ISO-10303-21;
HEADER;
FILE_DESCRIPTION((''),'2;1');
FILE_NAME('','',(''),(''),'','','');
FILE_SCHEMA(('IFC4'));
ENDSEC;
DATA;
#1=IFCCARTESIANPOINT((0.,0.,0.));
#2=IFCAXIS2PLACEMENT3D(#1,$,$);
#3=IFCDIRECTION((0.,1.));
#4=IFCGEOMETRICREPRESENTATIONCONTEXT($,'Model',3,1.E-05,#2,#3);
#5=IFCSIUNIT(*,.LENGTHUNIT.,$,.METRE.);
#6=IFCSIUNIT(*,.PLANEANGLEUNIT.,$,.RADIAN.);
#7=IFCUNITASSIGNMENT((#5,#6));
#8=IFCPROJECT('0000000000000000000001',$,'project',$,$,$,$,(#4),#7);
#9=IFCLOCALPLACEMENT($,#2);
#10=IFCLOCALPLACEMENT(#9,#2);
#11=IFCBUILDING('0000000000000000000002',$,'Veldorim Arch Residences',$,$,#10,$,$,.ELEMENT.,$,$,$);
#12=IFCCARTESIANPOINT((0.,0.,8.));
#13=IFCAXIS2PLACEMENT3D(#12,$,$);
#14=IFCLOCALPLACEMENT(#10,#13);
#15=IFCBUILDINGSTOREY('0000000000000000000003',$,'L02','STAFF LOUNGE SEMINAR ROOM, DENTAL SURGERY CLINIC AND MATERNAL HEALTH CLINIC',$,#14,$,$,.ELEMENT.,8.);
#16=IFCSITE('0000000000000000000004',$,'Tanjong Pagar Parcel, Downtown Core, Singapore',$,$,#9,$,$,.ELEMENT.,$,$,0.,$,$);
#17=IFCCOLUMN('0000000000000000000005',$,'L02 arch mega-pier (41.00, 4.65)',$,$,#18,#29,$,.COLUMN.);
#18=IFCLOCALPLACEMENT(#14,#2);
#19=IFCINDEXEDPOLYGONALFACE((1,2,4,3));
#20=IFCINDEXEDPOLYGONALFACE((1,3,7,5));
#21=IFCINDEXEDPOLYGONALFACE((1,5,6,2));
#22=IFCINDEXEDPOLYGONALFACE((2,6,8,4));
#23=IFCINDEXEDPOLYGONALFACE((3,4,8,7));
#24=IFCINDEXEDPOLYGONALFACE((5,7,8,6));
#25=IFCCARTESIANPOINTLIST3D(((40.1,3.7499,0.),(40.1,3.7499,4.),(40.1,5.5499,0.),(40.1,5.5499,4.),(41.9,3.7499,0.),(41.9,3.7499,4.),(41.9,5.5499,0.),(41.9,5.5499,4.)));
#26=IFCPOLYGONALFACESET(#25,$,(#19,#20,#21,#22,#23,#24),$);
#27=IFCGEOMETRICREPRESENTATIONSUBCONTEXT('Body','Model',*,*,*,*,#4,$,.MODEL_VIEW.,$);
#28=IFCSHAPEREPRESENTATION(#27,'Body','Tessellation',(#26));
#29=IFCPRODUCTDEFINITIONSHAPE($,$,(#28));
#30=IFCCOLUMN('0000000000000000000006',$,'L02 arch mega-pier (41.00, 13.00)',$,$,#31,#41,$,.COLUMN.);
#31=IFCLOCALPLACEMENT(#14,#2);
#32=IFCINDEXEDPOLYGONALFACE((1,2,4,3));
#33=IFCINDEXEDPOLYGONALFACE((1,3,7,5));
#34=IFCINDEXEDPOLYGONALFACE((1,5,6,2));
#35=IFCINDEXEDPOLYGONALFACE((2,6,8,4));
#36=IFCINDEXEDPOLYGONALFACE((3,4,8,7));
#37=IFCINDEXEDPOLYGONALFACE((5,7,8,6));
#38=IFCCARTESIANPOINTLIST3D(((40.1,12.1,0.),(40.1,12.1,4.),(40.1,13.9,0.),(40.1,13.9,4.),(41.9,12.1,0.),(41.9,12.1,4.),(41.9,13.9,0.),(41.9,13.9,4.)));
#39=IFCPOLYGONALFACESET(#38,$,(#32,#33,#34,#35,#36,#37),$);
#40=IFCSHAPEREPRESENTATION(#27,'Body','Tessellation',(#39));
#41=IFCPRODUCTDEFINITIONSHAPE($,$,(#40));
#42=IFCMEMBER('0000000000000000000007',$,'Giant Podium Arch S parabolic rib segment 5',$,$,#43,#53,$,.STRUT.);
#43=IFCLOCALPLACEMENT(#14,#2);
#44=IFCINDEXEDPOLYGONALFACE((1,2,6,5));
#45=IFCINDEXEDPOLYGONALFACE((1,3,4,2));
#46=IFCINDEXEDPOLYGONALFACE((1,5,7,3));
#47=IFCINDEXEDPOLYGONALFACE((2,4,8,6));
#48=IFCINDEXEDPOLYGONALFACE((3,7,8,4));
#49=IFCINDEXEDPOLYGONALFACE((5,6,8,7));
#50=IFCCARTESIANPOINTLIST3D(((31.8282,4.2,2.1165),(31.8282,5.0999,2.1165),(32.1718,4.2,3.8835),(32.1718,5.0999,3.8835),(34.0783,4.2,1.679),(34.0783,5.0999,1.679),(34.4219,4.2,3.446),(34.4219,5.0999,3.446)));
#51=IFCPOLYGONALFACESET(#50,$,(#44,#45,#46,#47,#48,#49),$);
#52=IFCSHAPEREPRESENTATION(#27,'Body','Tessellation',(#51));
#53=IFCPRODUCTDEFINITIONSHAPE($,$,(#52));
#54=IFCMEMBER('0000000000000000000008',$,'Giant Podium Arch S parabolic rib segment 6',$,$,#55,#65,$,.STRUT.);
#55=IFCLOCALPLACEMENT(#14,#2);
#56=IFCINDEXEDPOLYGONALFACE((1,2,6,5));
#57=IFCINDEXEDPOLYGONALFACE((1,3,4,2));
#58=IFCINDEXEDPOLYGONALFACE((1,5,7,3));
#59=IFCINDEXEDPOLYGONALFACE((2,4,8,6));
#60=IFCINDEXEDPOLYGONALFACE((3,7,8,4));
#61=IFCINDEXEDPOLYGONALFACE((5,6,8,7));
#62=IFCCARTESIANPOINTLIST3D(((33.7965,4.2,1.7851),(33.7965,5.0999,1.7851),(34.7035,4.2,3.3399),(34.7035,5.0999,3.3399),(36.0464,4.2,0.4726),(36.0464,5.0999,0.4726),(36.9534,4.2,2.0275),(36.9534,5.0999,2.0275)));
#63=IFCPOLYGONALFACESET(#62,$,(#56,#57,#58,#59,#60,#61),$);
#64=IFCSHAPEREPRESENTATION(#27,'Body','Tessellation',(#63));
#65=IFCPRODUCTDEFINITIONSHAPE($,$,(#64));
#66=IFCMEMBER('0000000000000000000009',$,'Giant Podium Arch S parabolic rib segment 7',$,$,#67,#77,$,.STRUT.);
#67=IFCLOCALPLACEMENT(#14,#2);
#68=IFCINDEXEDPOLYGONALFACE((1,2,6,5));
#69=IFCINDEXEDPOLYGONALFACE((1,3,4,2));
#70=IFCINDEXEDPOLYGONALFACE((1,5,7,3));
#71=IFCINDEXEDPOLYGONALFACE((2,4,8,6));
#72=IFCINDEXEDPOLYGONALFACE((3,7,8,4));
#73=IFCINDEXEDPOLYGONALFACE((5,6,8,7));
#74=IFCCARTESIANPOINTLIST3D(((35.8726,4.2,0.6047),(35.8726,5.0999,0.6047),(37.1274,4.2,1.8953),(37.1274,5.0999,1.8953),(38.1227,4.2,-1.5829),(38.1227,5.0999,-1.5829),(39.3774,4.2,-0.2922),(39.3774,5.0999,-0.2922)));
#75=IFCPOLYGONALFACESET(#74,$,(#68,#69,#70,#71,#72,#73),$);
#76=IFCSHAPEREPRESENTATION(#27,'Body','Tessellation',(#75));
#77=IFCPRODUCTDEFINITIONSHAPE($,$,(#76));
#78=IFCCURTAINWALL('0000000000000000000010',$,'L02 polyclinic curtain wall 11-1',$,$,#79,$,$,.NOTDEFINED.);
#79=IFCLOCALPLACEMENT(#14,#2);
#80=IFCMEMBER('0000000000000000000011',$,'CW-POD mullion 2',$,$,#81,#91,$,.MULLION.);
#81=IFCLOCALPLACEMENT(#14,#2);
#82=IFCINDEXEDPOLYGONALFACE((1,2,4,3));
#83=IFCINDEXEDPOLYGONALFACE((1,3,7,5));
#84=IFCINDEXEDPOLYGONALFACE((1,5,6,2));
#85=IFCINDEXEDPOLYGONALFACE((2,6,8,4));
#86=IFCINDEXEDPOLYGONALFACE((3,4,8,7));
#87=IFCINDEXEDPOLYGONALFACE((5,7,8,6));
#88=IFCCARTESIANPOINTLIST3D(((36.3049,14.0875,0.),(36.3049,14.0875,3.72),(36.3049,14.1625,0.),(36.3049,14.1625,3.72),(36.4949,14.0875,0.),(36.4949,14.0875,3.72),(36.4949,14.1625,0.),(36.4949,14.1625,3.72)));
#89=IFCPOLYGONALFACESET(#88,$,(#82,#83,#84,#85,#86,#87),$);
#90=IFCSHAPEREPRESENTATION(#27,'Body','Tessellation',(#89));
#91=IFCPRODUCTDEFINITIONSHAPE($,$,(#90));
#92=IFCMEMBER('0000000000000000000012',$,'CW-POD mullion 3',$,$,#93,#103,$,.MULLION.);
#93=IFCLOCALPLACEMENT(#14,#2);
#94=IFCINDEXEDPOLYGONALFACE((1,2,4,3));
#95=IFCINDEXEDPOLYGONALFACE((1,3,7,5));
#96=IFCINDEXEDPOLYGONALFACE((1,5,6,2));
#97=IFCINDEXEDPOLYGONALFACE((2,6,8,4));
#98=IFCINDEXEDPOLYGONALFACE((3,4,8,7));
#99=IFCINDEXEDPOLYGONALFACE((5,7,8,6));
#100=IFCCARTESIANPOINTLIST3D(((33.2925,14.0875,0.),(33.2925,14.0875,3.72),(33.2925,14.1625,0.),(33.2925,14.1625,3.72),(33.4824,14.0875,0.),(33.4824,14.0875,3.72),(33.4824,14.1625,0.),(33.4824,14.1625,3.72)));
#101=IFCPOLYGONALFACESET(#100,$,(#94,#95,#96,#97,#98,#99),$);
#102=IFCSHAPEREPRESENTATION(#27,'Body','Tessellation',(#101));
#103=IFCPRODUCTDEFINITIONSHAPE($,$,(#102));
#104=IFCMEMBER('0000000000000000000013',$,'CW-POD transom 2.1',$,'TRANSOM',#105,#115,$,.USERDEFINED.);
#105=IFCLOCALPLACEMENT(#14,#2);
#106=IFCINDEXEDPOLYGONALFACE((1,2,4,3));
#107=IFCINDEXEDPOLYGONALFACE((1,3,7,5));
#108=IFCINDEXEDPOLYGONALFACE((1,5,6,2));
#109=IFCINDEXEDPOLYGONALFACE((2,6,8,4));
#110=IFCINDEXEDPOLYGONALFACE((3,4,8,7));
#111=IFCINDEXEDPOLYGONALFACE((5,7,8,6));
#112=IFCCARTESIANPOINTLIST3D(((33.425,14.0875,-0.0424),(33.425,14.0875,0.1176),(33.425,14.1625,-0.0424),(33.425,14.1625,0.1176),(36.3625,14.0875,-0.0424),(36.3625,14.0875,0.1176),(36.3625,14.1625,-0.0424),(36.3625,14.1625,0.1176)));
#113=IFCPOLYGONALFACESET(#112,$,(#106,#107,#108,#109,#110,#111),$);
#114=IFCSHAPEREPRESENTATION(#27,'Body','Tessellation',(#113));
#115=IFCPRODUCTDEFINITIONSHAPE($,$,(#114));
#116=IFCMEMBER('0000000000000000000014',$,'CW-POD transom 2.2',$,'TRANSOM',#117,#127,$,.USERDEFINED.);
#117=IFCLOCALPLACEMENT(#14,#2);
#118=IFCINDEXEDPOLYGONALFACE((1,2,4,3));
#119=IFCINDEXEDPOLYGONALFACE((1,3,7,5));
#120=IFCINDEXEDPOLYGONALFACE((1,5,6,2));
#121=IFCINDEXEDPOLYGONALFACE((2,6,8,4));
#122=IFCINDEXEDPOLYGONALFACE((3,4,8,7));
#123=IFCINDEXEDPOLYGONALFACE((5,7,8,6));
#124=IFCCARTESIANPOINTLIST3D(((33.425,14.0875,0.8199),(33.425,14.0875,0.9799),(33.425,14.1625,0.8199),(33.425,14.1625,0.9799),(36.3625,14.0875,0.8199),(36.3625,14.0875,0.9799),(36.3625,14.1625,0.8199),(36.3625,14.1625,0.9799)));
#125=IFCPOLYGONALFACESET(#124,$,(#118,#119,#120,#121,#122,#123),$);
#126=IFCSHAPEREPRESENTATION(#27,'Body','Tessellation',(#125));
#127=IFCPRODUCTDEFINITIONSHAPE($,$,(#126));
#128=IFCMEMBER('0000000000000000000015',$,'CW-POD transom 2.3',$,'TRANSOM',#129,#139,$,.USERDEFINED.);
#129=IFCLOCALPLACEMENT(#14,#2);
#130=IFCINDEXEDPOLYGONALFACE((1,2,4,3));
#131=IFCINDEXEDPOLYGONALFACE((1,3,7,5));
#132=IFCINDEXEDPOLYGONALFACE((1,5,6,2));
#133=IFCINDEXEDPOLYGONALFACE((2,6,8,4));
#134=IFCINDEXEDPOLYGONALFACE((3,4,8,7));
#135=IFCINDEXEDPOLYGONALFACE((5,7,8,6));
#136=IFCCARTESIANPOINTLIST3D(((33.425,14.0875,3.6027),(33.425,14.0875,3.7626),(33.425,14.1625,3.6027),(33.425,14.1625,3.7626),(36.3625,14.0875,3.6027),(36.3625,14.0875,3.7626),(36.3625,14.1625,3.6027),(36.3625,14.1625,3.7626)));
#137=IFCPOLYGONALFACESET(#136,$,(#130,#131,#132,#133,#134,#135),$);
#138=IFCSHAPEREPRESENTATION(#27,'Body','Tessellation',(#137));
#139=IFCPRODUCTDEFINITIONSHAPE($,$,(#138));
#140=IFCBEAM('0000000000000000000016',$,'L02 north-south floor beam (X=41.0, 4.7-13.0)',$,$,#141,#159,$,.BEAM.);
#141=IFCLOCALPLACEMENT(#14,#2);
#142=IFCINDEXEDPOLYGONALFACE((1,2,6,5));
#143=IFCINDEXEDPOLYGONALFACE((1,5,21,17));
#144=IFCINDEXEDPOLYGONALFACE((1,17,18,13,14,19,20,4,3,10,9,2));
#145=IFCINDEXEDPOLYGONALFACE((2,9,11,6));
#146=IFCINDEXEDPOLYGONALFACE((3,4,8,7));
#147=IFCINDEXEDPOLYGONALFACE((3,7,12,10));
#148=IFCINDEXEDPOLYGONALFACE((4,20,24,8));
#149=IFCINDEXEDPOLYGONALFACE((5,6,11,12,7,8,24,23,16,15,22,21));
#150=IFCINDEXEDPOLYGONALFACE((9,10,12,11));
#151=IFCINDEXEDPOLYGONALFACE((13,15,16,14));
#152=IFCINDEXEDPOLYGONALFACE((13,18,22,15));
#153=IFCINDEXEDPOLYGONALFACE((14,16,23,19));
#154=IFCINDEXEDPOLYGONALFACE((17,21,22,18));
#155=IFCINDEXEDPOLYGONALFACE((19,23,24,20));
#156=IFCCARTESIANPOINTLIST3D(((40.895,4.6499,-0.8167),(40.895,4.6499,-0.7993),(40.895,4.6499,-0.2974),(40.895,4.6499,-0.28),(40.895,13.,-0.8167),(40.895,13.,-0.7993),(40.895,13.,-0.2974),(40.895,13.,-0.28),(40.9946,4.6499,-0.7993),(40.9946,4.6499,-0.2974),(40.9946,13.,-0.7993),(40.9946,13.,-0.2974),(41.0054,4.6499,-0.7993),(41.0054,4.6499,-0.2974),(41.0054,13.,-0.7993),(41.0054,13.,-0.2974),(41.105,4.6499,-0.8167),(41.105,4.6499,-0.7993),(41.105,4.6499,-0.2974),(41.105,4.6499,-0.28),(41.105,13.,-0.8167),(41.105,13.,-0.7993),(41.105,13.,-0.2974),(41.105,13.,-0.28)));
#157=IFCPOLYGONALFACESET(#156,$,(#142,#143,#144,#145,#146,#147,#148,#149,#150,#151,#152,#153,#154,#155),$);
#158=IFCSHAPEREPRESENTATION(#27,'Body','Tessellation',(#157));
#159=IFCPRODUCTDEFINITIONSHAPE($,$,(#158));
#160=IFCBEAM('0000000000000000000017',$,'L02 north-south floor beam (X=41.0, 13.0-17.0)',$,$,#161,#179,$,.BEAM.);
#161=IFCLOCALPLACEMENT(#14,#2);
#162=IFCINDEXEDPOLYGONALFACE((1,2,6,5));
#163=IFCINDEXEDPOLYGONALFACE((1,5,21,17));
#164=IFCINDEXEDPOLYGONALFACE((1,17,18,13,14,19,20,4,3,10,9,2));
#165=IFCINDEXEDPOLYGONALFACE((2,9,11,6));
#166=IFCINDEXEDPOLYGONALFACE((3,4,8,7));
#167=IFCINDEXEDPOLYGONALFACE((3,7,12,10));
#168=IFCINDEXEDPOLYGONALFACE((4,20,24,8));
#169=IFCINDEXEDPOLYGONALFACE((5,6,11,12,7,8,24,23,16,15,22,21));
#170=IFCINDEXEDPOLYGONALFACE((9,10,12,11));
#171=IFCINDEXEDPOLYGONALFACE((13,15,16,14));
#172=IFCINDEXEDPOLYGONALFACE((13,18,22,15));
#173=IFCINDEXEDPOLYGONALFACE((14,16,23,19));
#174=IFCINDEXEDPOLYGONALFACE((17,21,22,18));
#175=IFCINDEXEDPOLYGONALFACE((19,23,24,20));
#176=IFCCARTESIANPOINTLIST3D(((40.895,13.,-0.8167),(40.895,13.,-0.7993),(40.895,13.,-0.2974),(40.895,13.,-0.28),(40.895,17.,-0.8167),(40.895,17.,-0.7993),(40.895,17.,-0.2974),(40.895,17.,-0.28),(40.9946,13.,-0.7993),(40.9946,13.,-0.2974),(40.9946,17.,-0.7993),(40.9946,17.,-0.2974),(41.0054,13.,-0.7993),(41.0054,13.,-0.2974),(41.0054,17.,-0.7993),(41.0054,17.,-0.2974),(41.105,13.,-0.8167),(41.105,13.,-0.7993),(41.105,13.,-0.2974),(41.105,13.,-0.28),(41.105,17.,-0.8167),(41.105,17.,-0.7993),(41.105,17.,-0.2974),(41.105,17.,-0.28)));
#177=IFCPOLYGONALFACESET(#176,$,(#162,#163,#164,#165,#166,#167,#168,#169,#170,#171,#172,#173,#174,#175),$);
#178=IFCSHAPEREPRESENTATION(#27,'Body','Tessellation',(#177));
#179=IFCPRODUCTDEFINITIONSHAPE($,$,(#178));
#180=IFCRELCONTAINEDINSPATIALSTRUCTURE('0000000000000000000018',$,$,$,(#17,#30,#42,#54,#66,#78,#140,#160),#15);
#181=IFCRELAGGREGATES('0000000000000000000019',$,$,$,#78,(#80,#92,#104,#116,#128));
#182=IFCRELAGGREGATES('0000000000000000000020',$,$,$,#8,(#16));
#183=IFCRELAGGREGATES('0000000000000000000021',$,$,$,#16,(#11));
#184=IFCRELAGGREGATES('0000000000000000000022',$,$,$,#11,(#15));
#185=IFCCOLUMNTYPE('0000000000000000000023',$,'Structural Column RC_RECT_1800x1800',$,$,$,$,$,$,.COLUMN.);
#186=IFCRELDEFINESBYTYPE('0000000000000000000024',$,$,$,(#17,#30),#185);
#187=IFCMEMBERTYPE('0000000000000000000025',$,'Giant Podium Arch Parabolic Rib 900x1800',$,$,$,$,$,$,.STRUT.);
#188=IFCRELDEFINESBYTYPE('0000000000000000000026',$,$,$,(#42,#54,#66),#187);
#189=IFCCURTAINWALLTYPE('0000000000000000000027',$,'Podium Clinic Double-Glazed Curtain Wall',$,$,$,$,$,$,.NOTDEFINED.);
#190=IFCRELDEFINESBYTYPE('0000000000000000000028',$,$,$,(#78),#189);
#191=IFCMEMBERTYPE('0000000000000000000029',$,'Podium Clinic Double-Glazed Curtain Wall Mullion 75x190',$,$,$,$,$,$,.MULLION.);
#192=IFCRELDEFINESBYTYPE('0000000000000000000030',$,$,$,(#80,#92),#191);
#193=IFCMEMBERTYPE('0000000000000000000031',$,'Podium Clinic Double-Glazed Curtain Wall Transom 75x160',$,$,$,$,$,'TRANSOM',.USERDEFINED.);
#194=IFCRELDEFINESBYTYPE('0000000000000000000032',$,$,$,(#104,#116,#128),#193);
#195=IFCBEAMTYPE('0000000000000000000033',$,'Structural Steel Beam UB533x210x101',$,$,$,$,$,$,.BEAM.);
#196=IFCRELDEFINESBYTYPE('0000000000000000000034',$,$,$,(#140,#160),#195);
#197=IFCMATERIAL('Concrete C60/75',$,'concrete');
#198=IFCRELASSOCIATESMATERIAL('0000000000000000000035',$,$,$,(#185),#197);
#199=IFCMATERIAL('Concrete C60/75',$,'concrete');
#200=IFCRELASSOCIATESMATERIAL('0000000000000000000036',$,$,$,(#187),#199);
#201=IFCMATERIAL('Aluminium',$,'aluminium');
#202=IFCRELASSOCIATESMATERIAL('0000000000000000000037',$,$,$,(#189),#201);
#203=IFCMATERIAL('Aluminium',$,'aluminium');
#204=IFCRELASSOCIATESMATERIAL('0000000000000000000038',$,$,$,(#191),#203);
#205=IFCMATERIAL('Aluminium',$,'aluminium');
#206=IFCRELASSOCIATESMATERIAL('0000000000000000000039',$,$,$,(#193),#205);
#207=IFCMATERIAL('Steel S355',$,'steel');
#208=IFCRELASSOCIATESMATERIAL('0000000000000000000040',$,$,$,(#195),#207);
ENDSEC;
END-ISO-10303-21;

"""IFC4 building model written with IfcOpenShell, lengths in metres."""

from ifc_helpers import new_model, si_unit, direction, frame, origin, origin_2d, place, context, subcontext, project, spatial, rectangle, i_section, extrude, material, material_profile, profile_set, type_object, element, aggregate, save


model = new_model("IFC4")

# Units and contexts
model_context = context("Model", 3, precision=1e-05, world=origin(), true_north=direction((0.0, 1.0)))
body_context = subcontext(model_context, "Body", "Model", "MODEL_VIEW")
ifc_project = project(units=[si_unit("LENGTHUNIT", "METRE"), si_unit("PLANEANGLEUNIT", "RADIAN")], contexts=[model_context])

# Site, building, storey
site_placement = place(None, origin())
site = spatial("IfcSite", under=ifc_project, at=site_placement, Name="Tanjong Pagar Parcel, Downtown Core, Singapore", CompositionType="ELEMENT", RefElevation=0.0)
building_placement = place(site_placement, origin())
building = spatial("IfcBuilding", under=site, at=building_placement, Name="Veldorim Arch Residences", CompositionType="ELEMENT")
storey_placement = place(building_placement, frame((0.0, 0.0, 8.0)))
storey = spatial("IfcBuildingStorey", under=building, at=storey_placement, Name="L02", Description="STAFF LOUNGE SEMINAR ROOM, DENTAL SURGERY CLINIC AND MATERNAL HEALTH CLINIC", CompositionType="ELEMENT", Elevation=8.0)

# Columns
ifc_material_1 = material(Name="Concrete C60/75", Category="concrete")
ifc_material_profile_1 = material_profile(ifc_material_1, rectangle(XDim=1.8, YDim=1.8, at=origin_2d()), Name="RC_RECT_1800x1800")
ifc_profile_set_1 = profile_set([ifc_material_profile_1], Name="Concrete C60/75")
column_type = type_object("IfcColumnType", Name="Structural Column RC_RECT_1800x1800", PredefinedType="COLUMN", material=ifc_profile_set_1)
for number, where, z_axis, x_axis, name in (
    (1, (41.0, 4.6499, 0.0), (0.0, 0.0, 1.0), (1.0, 0.0, 0.0), "L02 arch mega-pier (41.00, 4.65)"),
    (2, (41.0, 13.0, 0.0), (0.0, 0.0, 1.0), (1.0, 0.0, 0.0), "L02 arch mega-pier (41.00, 13.00)"),
):
    element("IfcColumn", number, at=place(storey_placement, frame(where, z_axis=z_axis, x_axis=x_axis)), inside=storey, type_object=column_type, Name=name, PredefinedType="COLUMN", context=body_context, shape_type="SweptSolid", body=[
        extrude(rectangle(XDim=1.8, YDim=1.8, at=origin_2d()), origin(), (0.0, 0.0, 1.0), 4.0),
    ])

# Members
ifc_material_2 = material(Name="Concrete C60/75", Category="concrete")
ifc_material_profile_2 = material_profile(ifc_material_2, rectangle(XDim=0.8999, YDim=1.8, at=origin_2d()), Name="RC_RECT_900x1800")
ifc_profile_set_2 = profile_set([ifc_material_profile_2], Name="Concrete C60/75")
member_type_1 = type_object("IfcMemberType", Name="Giant Podium Arch Parabolic Rib 900x1800", PredefinedType="STRUT", material=ifc_profile_set_2)
member_1_placement = place(storey_placement, frame((32.0, 4.6499, 3.0), z_axis=(0.981615, 0.0, -0.19087), x_axis=(0.0, 1.0, 0.0)))
element("IfcMember", 3, at=member_1_placement, inside=storey, type_object=member_type_1, Name="Giant Podium Arch S parabolic rib segment 5", PredefinedType="STRUT", context=body_context, shape_type="SweptSolid", body=[
    extrude(rectangle(XDim=0.8999, YDim=1.8, at=origin_2d()), origin(), (0.0, 0.0, 1.0), 2.2922),
])
member_2_placement = place(storey_placement, frame((34.25, 4.6499, 2.5625), z_axis=(0.863779, 0.0, -0.503871), x_axis=(0.0, 1.0, 0.0)))
element("IfcMember", 4, at=member_2_placement, inside=storey, type_object=member_type_1, Name="Giant Podium Arch S parabolic rib segment 6", PredefinedType="STRUT", context=body_context, shape_type="SweptSolid", body=[
    extrude(rectangle(XDim=0.8999, YDim=1.8, at=origin_2d()), origin(), (0.0, 0.0, 1.0), 2.6047),
])
member_3_placement = place(storey_placement, frame((36.5, 4.6499, 1.25), z_axis=(0.716995, 0.0, -0.697078), x_axis=(0.0, 1.0, 0.0)))
element("IfcMember", 5, at=member_3_placement, inside=storey, type_object=member_type_1, Name="Giant Podium Arch S parabolic rib segment 7", PredefinedType="STRUT", context=body_context, shape_type="SweptSolid", body=[
    extrude(rectangle(XDim=0.8999, YDim=1.8, at=origin_2d()), origin(), (0.0, 0.0, 1.0), 3.1382),
])

# Curtain wall, members
ifc_material_3 = material(Name="Aluminium", Category="aluminium")
curtain_wall_type = type_object("IfcCurtainWallType", Name="Podium Clinic Double-Glazed Curtain Wall", PredefinedType="NOTDEFINED", material=ifc_material_3)
curtain_wall_placement = place(storey_placement, origin())
curtain_wall = element("IfcCurtainWall", 6, at=curtain_wall_placement, inside=storey, type_object=curtain_wall_type, Name="L02 polyclinic curtain wall 11-1", PredefinedType="NOTDEFINED")
ifc_material_4 = material(Name="Aluminium", Category="aluminium")
ifc_material_profile_3 = material_profile(ifc_material_4, rectangle(XDim=0.075, YDim=0.1899, at=origin_2d()), Name="ALU_MUL_75x190")
ifc_profile_set_3 = profile_set([ifc_material_profile_3], Name="Aluminium")
member_type_2 = type_object("IfcMemberType", Name="Podium Clinic Double-Glazed Curtain Wall Mullion 75x190", PredefinedType="MULLION", material=ifc_profile_set_3)
member_4_placement = place(storey_placement, frame((36.3999, 14.125, 0.0), z_axis=(0.0, 0.0, 1.0), x_axis=(0.0, -1.0, 0.0)))
member_4 = element("IfcMember", 7, at=member_4_placement, type_object=member_type_2, Name="CW-POD mullion 2", PredefinedType="MULLION", context=body_context, shape_type="SweptSolid", body=[
    extrude(rectangle(XDim=0.075, YDim=0.1899, at=origin_2d()), origin(), (0.0, 0.0, 1.0), 3.72),
])
member_5_placement = place(storey_placement, frame((33.3875, 14.125, 0.0), z_axis=(0.0, 0.0, 1.0), x_axis=(0.0, -1.0, 0.0)))
member_5 = element("IfcMember", 8, at=member_5_placement, type_object=member_type_2, Name="CW-POD mullion 3", PredefinedType="MULLION", context=body_context, shape_type="SweptSolid", body=[
    extrude(rectangle(XDim=0.075, YDim=0.1899, at=origin_2d()), origin(), (0.0, 0.0, 1.0), 3.72),
])
ifc_material_5 = material(Name="Aluminium", Category="aluminium")
ifc_material_profile_4 = material_profile(ifc_material_5, rectangle(XDim=0.075, YDim=0.1599, at=origin_2d()), Name="ALU_TRN_75x160")
ifc_profile_set_4 = profile_set([ifc_material_profile_4], Name="Aluminium")
member_type_3 = type_object("IfcMemberType", Name="Podium Clinic Double-Glazed Curtain Wall Transom 75x160", ElementType="TRANSOM", PredefinedType="USERDEFINED", material=ifc_profile_set_4)
member_6_placement = place(storey_placement, frame((36.3625, 14.125, 0.0376), z_axis=(-1.0, 0.0, 0.0), x_axis=(0.0, -1.0, 0.0)))
member_6 = element("IfcMember", 9, at=member_6_placement, type_object=member_type_3, Name="CW-POD transom 2.1", ObjectType="TRANSOM", PredefinedType="USERDEFINED", context=body_context, shape_type="SweptSolid", body=[
    extrude(rectangle(XDim=0.075, YDim=0.1599, at=origin_2d()), origin(), (0.0, 0.0, 1.0), 2.9375),
])
member_7_placement = place(storey_placement, frame((36.3625, 14.125, 0.8999), z_axis=(-1.0, 0.0, 0.0), x_axis=(0.0, -1.0, 0.0)))
member_7 = element("IfcMember", 10, at=member_7_placement, type_object=member_type_3, Name="CW-POD transom 2.2", ObjectType="TRANSOM", PredefinedType="USERDEFINED", context=body_context, shape_type="SweptSolid", body=[
    extrude(rectangle(XDim=0.075, YDim=0.1599, at=origin_2d()), origin(), (0.0, 0.0, 1.0), 2.9375),
])
member_8_placement = place(storey_placement, frame((36.3625, 14.125, 3.6826), z_axis=(-1.0, 0.0, 0.0), x_axis=(0.0, -1.0, 0.0)))
member_8 = element("IfcMember", 11, at=member_8_placement, type_object=member_type_3, Name="CW-POD transom 2.3", ObjectType="TRANSOM", PredefinedType="USERDEFINED", context=body_context, shape_type="SweptSolid", body=[
    extrude(rectangle(XDim=0.075, YDim=0.1599, at=origin_2d()), origin(), (0.0, 0.0, 1.0), 2.9375),
])

# Beams
ifc_material_6 = material(Name="Steel S355", Category="steel")
ifc_material_profile_5 = material_profile(ifc_material_6, i_section(OverallWidth=0.21, OverallDepth=0.5366, WebThickness=0.0107, FlangeThickness=0.0173, at=origin_2d()), Name="UB533x210x101")
ifc_profile_set_5 = profile_set([ifc_material_profile_5], Name="Steel S355")
beam_type_1 = type_object("IfcBeamType", Name="Structural Steel Beam UB533x210x101", PredefinedType="BEAM", material=ifc_profile_set_5)
beam_1_placement = place(storey_placement, frame((41.0, 4.6499, -0.5483), z_axis=(0.0, 1.0, 0.0), x_axis=(-1.0, 0.0, 0.0)))
element("IfcBeam", 12, at=beam_1_placement, inside=storey, type_object=beam_type_1, Name="L02 north-south floor beam (X=41.0, 4.7-13.0)", PredefinedType="BEAM", context=body_context, shape_type="SweptSolid", body=[
    extrude(i_section(OverallWidth=0.21, OverallDepth=0.5366, WebThickness=0.0107, FlangeThickness=0.0173, at=origin_2d()), origin(), (0.0, 0.0, 1.0), 8.3501),
])
beam_2_placement = place(storey_placement, frame((41.0, 13.0, -0.5483), z_axis=(0.0, 1.0, 0.0), x_axis=(-1.0, 0.0, 0.0)))
element("IfcBeam", 13, at=beam_2_placement, inside=storey, type_object=beam_type_1, Name="L02 north-south floor beam (X=41.0, 13.0-17.0)", PredefinedType="BEAM", context=body_context, shape_type="SweptSolid", body=[
    extrude(i_section(OverallWidth=0.21, OverallDepth=0.5366, WebThickness=0.0107, FlangeThickness=0.0173, at=origin_2d()), origin(), (0.0, 0.0, 1.0), 4.0),
])

aggregate(curtain_wall, [member_4, member_5, member_6, member_7, member_8])

save(model, "model.ifc")
